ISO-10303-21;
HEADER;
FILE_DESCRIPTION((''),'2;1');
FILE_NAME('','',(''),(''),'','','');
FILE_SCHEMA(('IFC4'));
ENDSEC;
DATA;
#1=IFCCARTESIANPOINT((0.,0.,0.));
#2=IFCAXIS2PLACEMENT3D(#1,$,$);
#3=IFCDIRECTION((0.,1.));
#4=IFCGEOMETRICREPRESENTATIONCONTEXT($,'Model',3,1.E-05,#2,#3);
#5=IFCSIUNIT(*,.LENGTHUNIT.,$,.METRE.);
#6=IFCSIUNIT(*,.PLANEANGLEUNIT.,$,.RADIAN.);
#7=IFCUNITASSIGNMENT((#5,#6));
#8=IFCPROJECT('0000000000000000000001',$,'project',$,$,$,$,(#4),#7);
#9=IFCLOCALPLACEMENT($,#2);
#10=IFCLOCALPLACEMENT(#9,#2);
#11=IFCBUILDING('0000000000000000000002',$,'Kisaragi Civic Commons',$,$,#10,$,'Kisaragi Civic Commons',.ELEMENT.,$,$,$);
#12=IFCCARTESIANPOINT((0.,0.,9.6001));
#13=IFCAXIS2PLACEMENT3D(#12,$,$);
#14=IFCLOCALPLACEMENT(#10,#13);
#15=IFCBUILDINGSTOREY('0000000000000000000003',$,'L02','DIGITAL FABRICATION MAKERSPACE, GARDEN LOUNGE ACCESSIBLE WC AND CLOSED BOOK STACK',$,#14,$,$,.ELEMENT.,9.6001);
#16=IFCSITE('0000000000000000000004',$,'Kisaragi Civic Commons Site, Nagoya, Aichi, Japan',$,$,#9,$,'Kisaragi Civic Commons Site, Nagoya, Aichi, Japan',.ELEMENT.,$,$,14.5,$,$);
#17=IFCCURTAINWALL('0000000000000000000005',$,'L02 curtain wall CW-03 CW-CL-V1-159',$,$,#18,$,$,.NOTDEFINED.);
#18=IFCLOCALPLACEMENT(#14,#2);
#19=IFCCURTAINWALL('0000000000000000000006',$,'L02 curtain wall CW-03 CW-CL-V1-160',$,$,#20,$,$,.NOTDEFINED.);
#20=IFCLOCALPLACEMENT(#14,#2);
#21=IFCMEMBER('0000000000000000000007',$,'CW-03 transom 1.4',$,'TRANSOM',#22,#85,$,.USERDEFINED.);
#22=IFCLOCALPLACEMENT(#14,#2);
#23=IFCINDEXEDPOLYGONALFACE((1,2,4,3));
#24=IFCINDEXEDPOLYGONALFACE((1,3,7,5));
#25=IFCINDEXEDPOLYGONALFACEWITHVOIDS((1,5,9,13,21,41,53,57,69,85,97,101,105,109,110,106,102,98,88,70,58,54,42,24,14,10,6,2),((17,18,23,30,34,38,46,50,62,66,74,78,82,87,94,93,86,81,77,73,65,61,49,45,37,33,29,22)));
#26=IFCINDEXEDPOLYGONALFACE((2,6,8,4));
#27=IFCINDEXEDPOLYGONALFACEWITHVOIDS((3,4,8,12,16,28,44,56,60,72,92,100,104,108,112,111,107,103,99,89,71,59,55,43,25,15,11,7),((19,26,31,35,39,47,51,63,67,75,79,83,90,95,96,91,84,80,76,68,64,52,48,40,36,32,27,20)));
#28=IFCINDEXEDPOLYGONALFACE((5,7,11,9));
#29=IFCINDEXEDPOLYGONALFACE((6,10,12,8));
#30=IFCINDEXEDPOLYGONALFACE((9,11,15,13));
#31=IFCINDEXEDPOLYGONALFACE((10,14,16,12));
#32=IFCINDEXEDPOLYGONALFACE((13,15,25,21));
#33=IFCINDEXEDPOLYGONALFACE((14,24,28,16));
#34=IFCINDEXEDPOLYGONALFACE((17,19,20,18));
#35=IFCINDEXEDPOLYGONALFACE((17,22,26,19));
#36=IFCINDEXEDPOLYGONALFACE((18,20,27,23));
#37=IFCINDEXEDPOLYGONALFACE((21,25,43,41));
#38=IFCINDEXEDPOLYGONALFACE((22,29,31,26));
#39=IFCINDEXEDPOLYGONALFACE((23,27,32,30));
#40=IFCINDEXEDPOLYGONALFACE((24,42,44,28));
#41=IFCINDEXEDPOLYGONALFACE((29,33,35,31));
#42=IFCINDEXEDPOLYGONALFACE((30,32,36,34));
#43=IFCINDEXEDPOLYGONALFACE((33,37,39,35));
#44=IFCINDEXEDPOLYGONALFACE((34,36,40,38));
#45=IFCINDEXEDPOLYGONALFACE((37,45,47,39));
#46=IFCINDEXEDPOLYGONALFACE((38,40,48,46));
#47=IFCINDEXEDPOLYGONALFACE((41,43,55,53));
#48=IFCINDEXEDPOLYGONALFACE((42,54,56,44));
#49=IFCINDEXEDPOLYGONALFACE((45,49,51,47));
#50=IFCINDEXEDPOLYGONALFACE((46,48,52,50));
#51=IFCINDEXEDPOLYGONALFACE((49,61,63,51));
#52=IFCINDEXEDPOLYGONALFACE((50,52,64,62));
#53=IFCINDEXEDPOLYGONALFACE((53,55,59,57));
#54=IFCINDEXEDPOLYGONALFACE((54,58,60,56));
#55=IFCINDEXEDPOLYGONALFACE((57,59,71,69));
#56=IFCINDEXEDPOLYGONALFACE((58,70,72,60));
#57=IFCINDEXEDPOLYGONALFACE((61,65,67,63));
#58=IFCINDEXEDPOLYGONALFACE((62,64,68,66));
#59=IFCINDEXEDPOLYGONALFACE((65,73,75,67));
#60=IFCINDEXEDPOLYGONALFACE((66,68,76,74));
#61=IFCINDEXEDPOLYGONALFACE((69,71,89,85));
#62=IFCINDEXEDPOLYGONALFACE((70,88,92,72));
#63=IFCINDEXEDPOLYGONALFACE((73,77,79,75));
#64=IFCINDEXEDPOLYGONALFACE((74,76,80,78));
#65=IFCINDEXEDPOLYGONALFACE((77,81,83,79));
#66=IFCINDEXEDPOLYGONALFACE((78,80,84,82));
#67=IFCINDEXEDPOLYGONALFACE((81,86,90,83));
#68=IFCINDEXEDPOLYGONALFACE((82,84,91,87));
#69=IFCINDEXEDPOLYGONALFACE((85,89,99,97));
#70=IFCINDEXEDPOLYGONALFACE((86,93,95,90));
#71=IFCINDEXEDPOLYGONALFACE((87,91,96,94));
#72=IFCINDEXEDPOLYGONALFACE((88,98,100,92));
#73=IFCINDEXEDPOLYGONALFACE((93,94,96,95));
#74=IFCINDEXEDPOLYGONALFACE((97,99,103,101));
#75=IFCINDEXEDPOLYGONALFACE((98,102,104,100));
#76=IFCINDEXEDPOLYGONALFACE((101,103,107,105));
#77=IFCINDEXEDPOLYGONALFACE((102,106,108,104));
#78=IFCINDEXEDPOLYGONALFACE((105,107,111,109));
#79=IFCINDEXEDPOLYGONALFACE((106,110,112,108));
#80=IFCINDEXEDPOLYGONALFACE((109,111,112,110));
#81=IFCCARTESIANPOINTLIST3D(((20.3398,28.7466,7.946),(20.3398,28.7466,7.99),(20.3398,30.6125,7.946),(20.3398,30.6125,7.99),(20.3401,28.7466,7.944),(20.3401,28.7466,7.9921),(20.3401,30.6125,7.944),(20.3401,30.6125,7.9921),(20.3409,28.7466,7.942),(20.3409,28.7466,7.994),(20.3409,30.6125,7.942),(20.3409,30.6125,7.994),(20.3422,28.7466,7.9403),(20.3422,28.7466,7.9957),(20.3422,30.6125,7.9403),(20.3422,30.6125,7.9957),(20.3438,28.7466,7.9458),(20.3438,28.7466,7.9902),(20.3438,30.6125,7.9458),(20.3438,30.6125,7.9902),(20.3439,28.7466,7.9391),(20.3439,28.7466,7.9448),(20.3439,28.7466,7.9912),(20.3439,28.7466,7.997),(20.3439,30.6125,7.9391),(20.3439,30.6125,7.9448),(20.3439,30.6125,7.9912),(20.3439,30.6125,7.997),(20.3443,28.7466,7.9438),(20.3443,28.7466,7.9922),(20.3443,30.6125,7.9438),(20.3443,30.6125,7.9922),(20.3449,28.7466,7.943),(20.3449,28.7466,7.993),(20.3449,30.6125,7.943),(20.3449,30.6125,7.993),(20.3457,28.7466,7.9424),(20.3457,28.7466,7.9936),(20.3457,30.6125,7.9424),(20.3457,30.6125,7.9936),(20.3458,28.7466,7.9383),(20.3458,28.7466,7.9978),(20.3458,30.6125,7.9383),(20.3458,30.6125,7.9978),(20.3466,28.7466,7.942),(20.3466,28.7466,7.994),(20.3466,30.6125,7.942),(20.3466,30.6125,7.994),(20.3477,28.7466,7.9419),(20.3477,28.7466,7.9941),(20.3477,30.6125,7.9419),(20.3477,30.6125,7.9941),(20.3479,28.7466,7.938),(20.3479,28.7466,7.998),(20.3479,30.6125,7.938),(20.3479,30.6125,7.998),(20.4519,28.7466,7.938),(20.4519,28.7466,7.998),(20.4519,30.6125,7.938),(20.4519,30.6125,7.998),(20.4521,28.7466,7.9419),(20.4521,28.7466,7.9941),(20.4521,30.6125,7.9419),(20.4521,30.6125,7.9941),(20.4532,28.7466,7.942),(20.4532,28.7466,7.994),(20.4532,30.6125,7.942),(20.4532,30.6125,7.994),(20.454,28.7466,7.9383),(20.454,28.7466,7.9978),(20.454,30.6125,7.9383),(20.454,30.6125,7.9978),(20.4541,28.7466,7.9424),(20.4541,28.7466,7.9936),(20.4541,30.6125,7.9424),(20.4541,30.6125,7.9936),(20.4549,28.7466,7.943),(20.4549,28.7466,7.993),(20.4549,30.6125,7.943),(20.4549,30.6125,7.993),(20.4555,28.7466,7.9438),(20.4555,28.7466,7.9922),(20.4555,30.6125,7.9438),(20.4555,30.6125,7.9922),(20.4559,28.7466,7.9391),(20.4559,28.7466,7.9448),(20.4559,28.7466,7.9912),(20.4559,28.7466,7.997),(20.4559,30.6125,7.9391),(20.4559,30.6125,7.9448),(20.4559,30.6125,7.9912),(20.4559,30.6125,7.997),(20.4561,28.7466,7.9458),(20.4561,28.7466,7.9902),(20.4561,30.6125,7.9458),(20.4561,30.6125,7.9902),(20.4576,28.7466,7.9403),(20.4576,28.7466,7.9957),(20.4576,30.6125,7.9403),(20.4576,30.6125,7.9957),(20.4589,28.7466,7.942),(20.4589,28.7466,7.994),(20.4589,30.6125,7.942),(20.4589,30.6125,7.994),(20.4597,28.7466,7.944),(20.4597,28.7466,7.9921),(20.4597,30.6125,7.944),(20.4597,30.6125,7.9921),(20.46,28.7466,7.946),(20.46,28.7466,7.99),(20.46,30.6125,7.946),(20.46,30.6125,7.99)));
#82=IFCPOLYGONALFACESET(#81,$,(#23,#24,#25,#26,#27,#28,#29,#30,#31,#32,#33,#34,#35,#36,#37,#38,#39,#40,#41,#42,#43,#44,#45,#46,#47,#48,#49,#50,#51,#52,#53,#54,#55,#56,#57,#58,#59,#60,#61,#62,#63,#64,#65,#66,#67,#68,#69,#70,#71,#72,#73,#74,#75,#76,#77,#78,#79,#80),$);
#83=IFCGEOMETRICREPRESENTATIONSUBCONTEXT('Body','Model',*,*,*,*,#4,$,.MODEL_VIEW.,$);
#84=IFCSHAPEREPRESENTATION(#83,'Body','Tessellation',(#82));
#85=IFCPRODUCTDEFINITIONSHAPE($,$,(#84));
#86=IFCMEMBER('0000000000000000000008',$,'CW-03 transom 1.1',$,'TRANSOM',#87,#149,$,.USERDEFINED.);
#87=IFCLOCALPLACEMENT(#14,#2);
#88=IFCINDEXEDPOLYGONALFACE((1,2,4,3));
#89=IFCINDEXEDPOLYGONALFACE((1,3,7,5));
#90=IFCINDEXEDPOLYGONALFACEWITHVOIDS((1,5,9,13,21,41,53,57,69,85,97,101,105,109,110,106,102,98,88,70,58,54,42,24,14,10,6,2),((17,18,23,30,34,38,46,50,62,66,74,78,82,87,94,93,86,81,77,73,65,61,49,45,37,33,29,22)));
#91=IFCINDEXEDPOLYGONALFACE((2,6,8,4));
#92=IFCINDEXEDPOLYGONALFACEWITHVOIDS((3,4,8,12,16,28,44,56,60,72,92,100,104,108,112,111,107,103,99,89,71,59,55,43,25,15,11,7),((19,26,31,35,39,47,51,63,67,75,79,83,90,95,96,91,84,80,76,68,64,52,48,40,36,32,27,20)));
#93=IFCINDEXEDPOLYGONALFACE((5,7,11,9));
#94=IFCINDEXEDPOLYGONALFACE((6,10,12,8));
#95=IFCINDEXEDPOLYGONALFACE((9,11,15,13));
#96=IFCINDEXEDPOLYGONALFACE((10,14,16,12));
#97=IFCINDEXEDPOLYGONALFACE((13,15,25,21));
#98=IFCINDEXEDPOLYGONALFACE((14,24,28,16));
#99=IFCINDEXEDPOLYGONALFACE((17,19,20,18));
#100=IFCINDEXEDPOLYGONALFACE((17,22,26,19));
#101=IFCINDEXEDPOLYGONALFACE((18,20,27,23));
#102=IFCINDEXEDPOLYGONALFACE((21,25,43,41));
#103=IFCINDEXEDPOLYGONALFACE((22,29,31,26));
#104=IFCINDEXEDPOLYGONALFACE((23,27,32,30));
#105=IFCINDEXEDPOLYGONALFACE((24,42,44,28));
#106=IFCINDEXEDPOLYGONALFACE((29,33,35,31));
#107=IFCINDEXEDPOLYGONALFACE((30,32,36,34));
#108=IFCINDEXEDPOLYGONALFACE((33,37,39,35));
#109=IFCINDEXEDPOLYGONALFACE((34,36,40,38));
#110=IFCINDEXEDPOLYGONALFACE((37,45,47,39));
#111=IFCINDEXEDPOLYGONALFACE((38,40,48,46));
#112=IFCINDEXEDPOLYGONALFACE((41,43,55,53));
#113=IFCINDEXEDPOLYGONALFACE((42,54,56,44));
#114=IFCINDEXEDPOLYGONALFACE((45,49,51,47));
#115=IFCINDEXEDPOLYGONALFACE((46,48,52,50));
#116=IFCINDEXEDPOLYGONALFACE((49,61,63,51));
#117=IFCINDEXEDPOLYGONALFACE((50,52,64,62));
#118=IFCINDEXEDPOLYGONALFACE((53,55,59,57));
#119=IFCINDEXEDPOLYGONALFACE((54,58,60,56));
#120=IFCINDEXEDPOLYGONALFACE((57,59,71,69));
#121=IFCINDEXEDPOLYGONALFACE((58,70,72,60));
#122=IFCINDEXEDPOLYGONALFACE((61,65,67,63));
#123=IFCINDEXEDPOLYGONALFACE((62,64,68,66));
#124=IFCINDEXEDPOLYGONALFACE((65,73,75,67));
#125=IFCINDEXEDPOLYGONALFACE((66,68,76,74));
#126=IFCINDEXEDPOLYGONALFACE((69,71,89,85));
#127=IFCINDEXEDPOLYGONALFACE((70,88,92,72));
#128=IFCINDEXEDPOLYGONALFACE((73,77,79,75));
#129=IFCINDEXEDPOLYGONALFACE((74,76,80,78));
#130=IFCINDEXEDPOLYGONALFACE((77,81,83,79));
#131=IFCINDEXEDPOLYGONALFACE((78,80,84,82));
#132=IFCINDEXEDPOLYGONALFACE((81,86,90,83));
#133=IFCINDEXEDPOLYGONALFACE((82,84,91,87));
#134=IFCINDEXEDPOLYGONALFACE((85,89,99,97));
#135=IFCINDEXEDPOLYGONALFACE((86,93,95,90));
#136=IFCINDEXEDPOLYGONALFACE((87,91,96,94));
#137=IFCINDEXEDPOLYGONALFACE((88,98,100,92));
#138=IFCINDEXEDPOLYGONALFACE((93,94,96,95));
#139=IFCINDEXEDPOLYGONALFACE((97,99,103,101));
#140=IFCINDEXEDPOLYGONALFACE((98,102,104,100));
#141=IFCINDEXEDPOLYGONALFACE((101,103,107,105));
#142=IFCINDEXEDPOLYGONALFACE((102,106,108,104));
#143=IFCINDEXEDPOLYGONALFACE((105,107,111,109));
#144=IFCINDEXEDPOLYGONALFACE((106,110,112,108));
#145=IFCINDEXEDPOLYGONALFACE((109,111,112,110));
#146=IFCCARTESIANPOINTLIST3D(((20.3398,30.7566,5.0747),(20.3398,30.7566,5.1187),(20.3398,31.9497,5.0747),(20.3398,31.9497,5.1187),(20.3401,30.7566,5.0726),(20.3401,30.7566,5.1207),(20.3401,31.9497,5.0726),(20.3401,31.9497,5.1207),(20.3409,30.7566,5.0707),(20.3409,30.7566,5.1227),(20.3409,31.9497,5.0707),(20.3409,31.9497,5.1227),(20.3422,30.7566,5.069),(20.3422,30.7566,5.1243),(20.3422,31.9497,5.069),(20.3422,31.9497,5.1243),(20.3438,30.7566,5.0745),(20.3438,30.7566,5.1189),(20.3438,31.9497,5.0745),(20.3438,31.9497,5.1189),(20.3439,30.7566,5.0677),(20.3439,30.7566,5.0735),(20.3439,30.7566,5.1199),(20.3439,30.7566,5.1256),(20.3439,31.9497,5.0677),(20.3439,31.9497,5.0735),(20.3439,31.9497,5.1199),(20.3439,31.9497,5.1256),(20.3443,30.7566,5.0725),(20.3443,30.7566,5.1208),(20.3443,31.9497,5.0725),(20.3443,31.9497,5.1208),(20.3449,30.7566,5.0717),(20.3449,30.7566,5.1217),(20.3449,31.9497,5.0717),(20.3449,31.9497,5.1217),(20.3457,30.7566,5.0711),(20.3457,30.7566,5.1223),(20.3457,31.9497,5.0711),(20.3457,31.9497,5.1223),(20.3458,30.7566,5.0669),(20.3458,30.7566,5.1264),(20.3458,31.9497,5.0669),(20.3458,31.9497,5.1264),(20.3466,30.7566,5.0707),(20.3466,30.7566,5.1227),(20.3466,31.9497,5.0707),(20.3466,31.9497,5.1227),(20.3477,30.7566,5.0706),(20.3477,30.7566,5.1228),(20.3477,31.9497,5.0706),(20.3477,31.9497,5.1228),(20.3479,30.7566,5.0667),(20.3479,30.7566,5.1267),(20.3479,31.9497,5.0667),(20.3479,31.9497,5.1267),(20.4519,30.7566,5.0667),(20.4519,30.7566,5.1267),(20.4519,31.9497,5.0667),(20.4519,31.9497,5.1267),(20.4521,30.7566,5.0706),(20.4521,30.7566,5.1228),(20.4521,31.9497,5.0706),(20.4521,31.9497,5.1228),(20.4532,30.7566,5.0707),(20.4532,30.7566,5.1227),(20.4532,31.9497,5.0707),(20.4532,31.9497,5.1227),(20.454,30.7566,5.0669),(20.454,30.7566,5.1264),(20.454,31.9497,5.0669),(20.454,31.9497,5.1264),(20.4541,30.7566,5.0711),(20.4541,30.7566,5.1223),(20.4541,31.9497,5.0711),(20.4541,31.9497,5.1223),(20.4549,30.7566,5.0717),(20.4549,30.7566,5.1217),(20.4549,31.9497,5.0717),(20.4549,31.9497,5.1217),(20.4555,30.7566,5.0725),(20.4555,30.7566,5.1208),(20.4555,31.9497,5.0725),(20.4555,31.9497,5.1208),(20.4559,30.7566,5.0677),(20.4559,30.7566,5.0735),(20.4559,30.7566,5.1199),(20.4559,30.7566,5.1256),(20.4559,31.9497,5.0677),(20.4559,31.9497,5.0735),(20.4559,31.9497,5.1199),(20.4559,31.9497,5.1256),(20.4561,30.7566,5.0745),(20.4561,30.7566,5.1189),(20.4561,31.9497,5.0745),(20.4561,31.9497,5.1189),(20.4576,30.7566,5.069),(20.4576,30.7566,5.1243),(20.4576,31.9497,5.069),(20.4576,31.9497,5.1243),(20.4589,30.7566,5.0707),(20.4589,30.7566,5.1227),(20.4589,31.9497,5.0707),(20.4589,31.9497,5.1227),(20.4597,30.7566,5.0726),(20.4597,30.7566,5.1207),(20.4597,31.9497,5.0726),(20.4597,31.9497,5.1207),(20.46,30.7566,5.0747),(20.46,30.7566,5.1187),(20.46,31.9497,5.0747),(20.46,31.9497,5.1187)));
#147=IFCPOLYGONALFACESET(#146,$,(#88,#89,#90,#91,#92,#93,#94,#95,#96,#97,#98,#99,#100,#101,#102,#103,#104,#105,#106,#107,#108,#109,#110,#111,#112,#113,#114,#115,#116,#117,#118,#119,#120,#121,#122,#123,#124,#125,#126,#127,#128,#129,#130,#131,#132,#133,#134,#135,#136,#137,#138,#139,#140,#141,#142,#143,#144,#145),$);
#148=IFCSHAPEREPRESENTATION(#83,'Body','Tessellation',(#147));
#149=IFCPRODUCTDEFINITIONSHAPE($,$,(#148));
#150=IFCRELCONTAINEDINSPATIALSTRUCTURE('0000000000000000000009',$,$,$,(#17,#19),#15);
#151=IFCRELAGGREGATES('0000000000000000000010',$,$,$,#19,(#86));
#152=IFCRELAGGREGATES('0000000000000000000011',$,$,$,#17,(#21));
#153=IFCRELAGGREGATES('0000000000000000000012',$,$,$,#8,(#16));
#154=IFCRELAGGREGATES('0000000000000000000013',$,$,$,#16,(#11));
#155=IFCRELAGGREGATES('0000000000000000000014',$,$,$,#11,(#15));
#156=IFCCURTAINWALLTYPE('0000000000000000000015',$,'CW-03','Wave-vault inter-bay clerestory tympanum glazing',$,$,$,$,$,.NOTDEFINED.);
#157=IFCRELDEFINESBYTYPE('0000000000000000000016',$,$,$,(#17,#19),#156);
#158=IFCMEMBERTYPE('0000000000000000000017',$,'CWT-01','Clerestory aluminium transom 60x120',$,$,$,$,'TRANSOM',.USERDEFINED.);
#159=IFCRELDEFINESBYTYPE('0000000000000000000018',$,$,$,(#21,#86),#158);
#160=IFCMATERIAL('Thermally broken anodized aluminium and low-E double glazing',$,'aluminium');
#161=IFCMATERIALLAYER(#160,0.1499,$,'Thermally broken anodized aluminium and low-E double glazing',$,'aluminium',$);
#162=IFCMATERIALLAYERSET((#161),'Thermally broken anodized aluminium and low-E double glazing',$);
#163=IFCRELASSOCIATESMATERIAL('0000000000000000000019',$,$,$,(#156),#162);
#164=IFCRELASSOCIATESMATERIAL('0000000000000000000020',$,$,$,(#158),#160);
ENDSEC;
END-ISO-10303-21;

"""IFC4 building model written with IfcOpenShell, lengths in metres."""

from ifc_helpers import new_model, si_unit, direction, frame, origin, origin_2d, place, context, subcontext, project, spatial, hollow_rectangle, extrude, material, layer, layer_set, material_profile, profile_set, type_object, element, aggregate, save


model = new_model("IFC4")

# Units and contexts
model_context = context("Model", 3, precision=1e-05, world=origin(), true_north=direction((0.0, 1.0)))
body_context = subcontext(model_context, "Body", "Model", "MODEL_VIEW")
ifc_project = project(units=[si_unit("LENGTHUNIT", "METRE"), si_unit("PLANEANGLEUNIT", "RADIAN")], contexts=[model_context])

# Site, building, storey
site_placement = place(None, origin())
site = spatial("IfcSite", under=ifc_project, at=site_placement, Name="Kisaragi Civic Commons Site, Nagoya, Aichi, Japan", LongName="Kisaragi Civic Commons Site, Nagoya, Aichi, Japan", CompositionType="ELEMENT", RefElevation=14.5)
building_placement = place(site_placement, origin())
building = spatial("IfcBuilding", under=site, at=building_placement, Name="Kisaragi Civic Commons", LongName="Kisaragi Civic Commons", CompositionType="ELEMENT")
storey_placement = place(building_placement, frame((0.0, 0.0, 9.6001)))
storey = spatial("IfcBuildingStorey", under=building, at=storey_placement, Name="L02", Description="DIGITAL FABRICATION MAKERSPACE, GARDEN LOUNGE ACCESSIBLE WC AND CLOSED BOOK STACK", CompositionType="ELEMENT", Elevation=9.6001)

# Shared definitions
ifc_material_1 = material(Name="Thermally broken anodized aluminium and low-E double glazing", Category="aluminium")
ifc_layer_1 = layer(ifc_material_1, 0.1499, Name="Thermally broken anodized aluminium and low-E double glazing", Category="aluminium")
ifc_layer_set_1 = layer_set([ifc_layer_1], Name="Thermally broken anodized aluminium and low-E double glazing")
curtain_wall_type = type_object("IfcCurtainWallType", Name="CW-03", Description="Wave-vault inter-bay clerestory tympanum glazing", PredefinedType="NOTDEFINED", material=ifc_layer_set_1)

# Curtain wall
curtain_wall_1_placement = place(storey_placement, origin())
curtain_wall_1 = element("IfcCurtainWall", 1, at=curtain_wall_1_placement, inside=storey, type_object=curtain_wall_type, Name="L02 curtain wall CW-03 CW-CL-V1-159", PredefinedType="NOTDEFINED")

# Curtain wall
curtain_wall_2_placement = place(storey_placement, origin())
curtain_wall_2 = element("IfcCurtainWall", 2, at=curtain_wall_2_placement, inside=storey, type_object=curtain_wall_type, Name="L02 curtain wall CW-03 CW-CL-V1-160", PredefinedType="NOTDEFINED")

# Members
ifc_material_profile_1 = material_profile(ifc_material_1, hollow_rectangle(XDim=0.1201, YDim=0.0601, WallThickness=0.0039, InnerFilletRadius=0.0039, OuterFilletRadius=0.0081, at=origin_2d()), Name="CWT-60x120x4", Category="aluminium")
ifc_profile_set_1 = profile_set([ifc_material_profile_1], Name="Thermally broken anodized aluminium and low-E double glazing")
member_type_1 = type_object("IfcMemberType", Name="CWT-01", Description="Clerestory aluminium transom 60x120", ElementType="TRANSOM", PredefinedType="USERDEFINED", material=ifc_profile_set_1)
member_1_placement = place(storey_placement, frame((20.3999, 28.7466, 7.968), z_axis=(0.0, 1.0, 0.0), x_axis=(-1.0, 0.0, 0.0)))
member_1 = element("IfcMember", 3, at=member_1_placement, type_object=member_type_1, Name="CW-03 transom 1.4", ObjectType="TRANSOM", PredefinedType="USERDEFINED", context=body_context, shape_type="SweptSolid", body=[
    extrude(hollow_rectangle(XDim=0.1201, YDim=0.0601, WallThickness=0.0039, InnerFilletRadius=0.0039, OuterFilletRadius=0.0081, at=origin_2d()), origin(), (0.0, 0.0, 1.0), 1.866),
])
member_2_placement = place(storey_placement, frame((20.3999, 30.7566, 5.0967), z_axis=(0.0, 1.0, 0.0), x_axis=(-1.0, 0.0, 0.0)))
member_2 = element("IfcMember", 4, at=member_2_placement, type_object=member_type_1, Name="CW-03 transom 1.1", ObjectType="TRANSOM", PredefinedType="USERDEFINED", context=body_context, shape_type="SweptSolid", body=[
    extrude(hollow_rectangle(XDim=0.1201, YDim=0.0601, WallThickness=0.0039, InnerFilletRadius=0.0039, OuterFilletRadius=0.0081, at=origin_2d()), origin(), (0.0, 0.0, 1.0), 1.1931),
])

aggregate(curtain_wall_2, [member_2])
aggregate(curtain_wall_1, [member_1])

save(model, "model.ifc")
